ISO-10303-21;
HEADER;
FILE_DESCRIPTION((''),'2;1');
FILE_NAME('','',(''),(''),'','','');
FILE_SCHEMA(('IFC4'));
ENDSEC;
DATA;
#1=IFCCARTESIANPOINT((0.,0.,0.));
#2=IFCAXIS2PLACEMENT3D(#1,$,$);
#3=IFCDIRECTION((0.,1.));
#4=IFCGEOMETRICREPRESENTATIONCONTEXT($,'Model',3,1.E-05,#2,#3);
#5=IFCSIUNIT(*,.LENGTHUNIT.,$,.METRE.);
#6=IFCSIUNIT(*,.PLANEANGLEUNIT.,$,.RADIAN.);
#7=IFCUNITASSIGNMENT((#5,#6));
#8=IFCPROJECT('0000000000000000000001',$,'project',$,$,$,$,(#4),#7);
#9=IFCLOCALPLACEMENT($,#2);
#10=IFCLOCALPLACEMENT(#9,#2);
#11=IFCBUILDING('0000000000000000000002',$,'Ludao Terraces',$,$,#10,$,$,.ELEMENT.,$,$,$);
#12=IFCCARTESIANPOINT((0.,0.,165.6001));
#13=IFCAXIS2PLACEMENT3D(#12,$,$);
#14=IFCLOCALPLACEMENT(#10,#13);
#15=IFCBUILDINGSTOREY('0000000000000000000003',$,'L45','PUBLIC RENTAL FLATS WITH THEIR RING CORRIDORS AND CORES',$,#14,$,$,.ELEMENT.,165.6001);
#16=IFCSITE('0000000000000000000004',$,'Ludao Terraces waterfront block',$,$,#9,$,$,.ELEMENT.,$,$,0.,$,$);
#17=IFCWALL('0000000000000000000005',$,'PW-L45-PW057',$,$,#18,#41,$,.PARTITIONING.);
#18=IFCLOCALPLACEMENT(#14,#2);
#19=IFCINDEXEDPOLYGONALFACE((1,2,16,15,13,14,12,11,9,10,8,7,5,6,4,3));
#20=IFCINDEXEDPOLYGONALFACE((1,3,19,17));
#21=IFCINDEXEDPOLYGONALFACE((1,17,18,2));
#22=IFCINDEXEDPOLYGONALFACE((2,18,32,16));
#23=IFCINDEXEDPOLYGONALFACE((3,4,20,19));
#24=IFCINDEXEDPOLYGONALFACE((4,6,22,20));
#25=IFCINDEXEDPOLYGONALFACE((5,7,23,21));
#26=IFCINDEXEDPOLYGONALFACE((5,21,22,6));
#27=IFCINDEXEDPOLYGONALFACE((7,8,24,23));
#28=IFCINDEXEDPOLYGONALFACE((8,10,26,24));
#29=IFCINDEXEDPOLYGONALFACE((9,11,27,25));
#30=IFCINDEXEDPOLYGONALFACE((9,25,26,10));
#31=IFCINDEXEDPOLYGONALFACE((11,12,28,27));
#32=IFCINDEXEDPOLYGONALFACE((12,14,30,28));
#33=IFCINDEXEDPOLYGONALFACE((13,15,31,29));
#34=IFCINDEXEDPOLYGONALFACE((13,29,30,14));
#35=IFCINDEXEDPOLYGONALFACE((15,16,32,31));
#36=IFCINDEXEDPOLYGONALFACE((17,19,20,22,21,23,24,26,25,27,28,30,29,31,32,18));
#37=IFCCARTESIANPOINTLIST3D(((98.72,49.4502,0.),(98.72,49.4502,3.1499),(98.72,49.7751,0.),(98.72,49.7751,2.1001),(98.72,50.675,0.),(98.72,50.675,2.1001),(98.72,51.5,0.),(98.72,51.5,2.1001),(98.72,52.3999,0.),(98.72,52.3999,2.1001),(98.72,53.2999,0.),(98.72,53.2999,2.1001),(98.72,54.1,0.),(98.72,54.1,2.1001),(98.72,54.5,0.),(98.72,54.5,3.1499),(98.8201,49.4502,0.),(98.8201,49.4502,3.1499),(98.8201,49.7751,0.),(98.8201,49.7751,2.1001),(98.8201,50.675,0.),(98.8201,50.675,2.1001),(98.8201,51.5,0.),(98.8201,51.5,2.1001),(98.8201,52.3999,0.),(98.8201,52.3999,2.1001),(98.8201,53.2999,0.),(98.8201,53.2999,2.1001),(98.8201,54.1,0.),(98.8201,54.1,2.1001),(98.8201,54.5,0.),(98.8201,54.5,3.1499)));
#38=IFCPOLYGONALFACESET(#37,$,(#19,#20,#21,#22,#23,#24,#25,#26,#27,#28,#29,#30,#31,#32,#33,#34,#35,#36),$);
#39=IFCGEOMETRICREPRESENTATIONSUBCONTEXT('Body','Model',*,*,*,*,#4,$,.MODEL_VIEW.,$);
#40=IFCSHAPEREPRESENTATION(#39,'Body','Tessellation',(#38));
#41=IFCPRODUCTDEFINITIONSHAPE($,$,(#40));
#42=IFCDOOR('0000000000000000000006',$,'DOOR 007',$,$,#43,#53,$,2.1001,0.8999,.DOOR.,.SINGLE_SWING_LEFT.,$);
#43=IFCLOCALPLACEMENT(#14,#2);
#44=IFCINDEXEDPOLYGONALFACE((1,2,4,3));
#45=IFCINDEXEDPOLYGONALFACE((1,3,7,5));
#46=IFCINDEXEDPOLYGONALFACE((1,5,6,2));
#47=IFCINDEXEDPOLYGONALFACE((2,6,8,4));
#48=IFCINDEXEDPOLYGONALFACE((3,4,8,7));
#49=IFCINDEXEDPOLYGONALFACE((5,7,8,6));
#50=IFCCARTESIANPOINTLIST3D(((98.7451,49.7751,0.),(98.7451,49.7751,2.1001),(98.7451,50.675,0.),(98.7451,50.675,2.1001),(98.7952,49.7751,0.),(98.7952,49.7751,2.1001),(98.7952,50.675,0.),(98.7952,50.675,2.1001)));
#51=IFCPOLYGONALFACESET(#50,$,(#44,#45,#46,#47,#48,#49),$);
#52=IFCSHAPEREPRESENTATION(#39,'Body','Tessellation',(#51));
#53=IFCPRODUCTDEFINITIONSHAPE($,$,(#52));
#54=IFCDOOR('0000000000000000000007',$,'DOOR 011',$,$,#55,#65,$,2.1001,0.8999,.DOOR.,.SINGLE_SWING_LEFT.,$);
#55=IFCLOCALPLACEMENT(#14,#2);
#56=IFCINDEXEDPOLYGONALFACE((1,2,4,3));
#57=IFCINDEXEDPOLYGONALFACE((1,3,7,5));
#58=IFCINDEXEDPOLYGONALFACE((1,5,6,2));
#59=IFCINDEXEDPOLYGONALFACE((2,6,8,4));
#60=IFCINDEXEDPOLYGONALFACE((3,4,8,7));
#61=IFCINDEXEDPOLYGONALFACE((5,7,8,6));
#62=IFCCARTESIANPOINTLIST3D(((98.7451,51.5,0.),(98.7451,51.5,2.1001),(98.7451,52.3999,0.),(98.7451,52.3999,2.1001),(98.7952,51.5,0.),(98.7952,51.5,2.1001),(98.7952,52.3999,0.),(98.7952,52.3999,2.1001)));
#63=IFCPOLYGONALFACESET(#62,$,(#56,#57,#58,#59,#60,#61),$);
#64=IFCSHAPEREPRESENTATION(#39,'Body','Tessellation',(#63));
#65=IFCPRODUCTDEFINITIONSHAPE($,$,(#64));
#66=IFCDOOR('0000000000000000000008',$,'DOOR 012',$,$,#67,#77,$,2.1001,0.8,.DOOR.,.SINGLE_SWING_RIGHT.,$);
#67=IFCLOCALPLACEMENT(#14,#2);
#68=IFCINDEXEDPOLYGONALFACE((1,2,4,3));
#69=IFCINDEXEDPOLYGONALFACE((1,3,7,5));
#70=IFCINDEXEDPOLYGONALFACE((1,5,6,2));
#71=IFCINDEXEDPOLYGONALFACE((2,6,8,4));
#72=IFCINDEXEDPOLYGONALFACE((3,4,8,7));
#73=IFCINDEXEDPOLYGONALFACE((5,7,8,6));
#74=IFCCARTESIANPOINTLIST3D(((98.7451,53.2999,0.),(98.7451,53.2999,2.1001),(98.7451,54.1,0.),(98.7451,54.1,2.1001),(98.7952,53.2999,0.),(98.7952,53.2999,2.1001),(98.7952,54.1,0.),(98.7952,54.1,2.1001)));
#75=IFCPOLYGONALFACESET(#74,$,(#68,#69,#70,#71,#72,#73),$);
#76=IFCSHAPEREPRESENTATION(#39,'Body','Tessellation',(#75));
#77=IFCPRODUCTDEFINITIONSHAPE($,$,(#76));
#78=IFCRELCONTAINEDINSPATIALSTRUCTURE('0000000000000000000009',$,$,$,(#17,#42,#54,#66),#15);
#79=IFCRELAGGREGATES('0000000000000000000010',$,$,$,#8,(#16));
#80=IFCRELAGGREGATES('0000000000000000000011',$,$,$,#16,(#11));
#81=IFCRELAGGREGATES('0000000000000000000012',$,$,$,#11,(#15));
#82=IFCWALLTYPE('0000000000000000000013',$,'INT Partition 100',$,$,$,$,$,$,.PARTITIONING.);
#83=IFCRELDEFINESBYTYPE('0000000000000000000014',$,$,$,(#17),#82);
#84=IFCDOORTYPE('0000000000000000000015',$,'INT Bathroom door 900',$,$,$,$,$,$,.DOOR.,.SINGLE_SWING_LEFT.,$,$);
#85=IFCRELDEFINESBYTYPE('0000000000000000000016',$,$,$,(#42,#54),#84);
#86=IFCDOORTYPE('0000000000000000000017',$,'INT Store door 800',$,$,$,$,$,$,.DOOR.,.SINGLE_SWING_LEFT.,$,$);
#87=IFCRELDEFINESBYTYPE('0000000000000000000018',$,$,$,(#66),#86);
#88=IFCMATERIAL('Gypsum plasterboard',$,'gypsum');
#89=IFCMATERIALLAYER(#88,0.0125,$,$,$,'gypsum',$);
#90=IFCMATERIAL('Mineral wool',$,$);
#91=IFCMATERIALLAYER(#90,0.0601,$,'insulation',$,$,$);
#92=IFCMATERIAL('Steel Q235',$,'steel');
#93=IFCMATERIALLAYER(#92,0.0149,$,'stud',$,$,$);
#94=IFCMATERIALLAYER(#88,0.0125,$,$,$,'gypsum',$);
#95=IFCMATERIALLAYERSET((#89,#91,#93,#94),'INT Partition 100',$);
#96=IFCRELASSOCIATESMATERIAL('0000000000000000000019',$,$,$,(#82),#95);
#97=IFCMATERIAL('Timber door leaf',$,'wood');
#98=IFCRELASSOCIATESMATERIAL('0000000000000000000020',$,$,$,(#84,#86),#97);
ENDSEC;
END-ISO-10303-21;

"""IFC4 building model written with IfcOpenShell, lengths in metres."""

from ifc_helpers import new_model, si_unit, direction, frame, frame_2d, origin, place, context, subcontext, project, spatial, rectangle, extrude, material, layer, layer_set, type_object, element, fill, save


model = new_model("IFC4")

# Units and contexts
model_context = context("Model", 3, precision=1e-05, world=origin(), true_north=direction((0.0, 1.0)))
body_context = subcontext(model_context, "Body", "Model", "MODEL_VIEW")
ifc_project = project(units=[si_unit("LENGTHUNIT", "METRE"), si_unit("PLANEANGLEUNIT", "RADIAN")], contexts=[model_context])

# Site, building, storey
site_placement = place(None, origin())
site = spatial("IfcSite", under=ifc_project, at=site_placement, Name="Ludao Terraces waterfront block", CompositionType="ELEMENT", RefElevation=0.0)
building_placement = place(site_placement, origin())
building = spatial("IfcBuilding", under=site, at=building_placement, Name="Ludao Terraces", CompositionType="ELEMENT")
storey_placement = place(building_placement, frame((0.0, 0.0, 165.6001)))
storey = spatial("IfcBuildingStorey", under=building, at=storey_placement, Name="L45", Description="PUBLIC RENTAL FLATS WITH THEIR RING CORRIDORS AND CORES", CompositionType="ELEMENT", Elevation=165.6001)

# Shared definitions
ifc_material_1 = material(Name="Mineral wool")

# Shared definitions
ifc_material_2 = material(Name="Steel Q235", Category="steel")

# Shared definitions
ifc_material_3 = material(Name="Gypsum plasterboard", Category="gypsum")
ifc_layer_1 = layer(ifc_material_3, 0.0125, Category="gypsum")
ifc_layer_2 = layer(ifc_material_1, 0.0601, Name="insulation")
ifc_layer_3 = layer(ifc_material_2, 0.0149, Name="stud")
ifc_layer_4 = layer(ifc_material_3, 0.0125, Category="gypsum")
ifc_layer_set_1 = layer_set([ifc_layer_1, ifc_layer_2, ifc_layer_3, ifc_layer_4], Name="INT Partition 100")
wall_type_1 = type_object("IfcWallType", Name="INT Partition 100", PredefinedType="PARTITIONING", material=ifc_layer_set_1)

# Wall, openings, doors
wall_1_placement = place(storey_placement, frame((98.77, 49.4502, 0.0), z_axis=(0.0, 0.0, 1.0), x_axis=(0.0, 1.0, 0.0)))
wall_1 = element("IfcWall", 1, at=wall_1_placement, inside=storey, type_object=wall_type_1, Name="PW-L45-PW057", PredefinedType="PARTITIONING", context=body_context, shape_type="SweptSolid", body=[
    extrude(rectangle(XDim=5.0498, YDim=0.1001, at=frame_2d((2.5249, 0.0))), origin(), (0.0, 0.0, 1.0), 3.1499),
])
opening_1_placement = place(wall_1_placement, frame((0.325, 0.0, 0.0)))
opening_1 = element("IfcOpeningElement", 2, at=opening_1_placement, cuts=wall_1, PredefinedType="OPENING", context=body_context, shape_type="SweptSolid", body=[
    extrude(rectangle(XDim=0.8999, YDim=2.1001, at=frame_2d((0.45, 1.05))), frame((0.0, 0.0601, 0.0), z_axis=(0.0, -1.0, 0.0), x_axis=(1.0, 0.0, 0.0)), (0.0, 0.0, 1.0), 0.1201),
])
opening_2_placement = place(wall_1_placement, frame((2.0498, 0.0, 0.0)))
opening_2 = element("IfcOpeningElement", 3, at=opening_2_placement, cuts=wall_1, PredefinedType="OPENING", context=body_context, shape_type="SweptSolid", body=[
    extrude(rectangle(XDim=0.8999, YDim=2.1001, at=frame_2d((0.45, 1.05))), frame((0.0, 0.0601, 0.0), z_axis=(0.0, -1.0, 0.0), x_axis=(1.0, 0.0, 0.0)), (0.0, 0.0, 1.0), 0.1201),
])
opening_3_placement = place(wall_1_placement, frame((3.8499, 0.0, 0.0)))
opening_3 = element("IfcOpeningElement", 4, at=opening_3_placement, cuts=wall_1, PredefinedType="OPENING", context=body_context, shape_type="SweptSolid", body=[
    extrude(rectangle(XDim=0.8, YDim=2.1001, at=frame_2d((0.3999, 1.05))), frame((0.0, 0.0601, 0.0), z_axis=(0.0, -1.0, 0.0), x_axis=(1.0, 0.0, 0.0)), (0.0, 0.0, 1.0), 0.1201),
])
ifc_material_4 = material(Name="Timber door leaf", Category="wood")
door_type_1 = type_object("IfcDoorType", Name="INT Bathroom door 900", OperationType="SINGLE_SWING_LEFT", PredefinedType="DOOR", material=ifc_material_4)
door_1_placement = place(opening_1_placement, origin())
door_1 = element("IfcDoor", 5, at=door_1_placement, inside=storey, type_object=door_type_1, Name="DOOR 007", OperationType="SINGLE_SWING_LEFT", OverallHeight=2.1001, OverallWidth=0.8999, PredefinedType="DOOR", context=body_context, shape_type="SweptSolid", body=[
    extrude(rectangle(XDim=0.8999, YDim=2.1001, at=frame_2d((0.45, 1.05))), frame((0.0, 0.0249, 0.0), z_axis=(0.0, -1.0, 0.0), x_axis=(1.0, 0.0, 0.0)), (0.0, 0.0, 1.0), 0.05),
])
fill(opening_1, door_1)
door_2_placement = place(opening_2_placement, origin())
door_2 = element("IfcDoor", 6, at=door_2_placement, inside=storey, type_object=door_type_1, Name="DOOR 011", OperationType="SINGLE_SWING_LEFT", OverallHeight=2.1001, OverallWidth=0.8999, PredefinedType="DOOR", context=body_context, shape_type="SweptSolid", body=[
    extrude(rectangle(XDim=0.8999, YDim=2.1001, at=frame_2d((0.45, 1.05))), frame((0.0, 0.0249, 0.0), z_axis=(0.0, -1.0, 0.0), x_axis=(1.0, 0.0, 0.0)), (0.0, 0.0, 1.0), 0.05),
])
fill(opening_2, door_2)
door_type_2 = type_object("IfcDoorType", Name="INT Store door 800", OperationType="SINGLE_SWING_LEFT", PredefinedType="DOOR", material=ifc_material_4)
door_3_placement = place(opening_3_placement, origin())
door_3 = element("IfcDoor", 7, at=door_3_placement, inside=storey, type_object=door_type_2, Name="DOOR 012", OperationType="SINGLE_SWING_RIGHT", OverallHeight=2.1001, OverallWidth=0.8, PredefinedType="DOOR", context=body_context, shape_type="SweptSolid", body=[
    extrude(rectangle(XDim=0.8, YDim=2.1001, at=frame_2d((0.3999, 1.05))), frame((0.0, 0.0249, 0.0), z_axis=(0.0, -1.0, 0.0), x_axis=(1.0, 0.0, 0.0)), (0.0, 0.0, 1.0), 0.05),
])
fill(opening_3, door_3)

save(model, "model.ifc")
